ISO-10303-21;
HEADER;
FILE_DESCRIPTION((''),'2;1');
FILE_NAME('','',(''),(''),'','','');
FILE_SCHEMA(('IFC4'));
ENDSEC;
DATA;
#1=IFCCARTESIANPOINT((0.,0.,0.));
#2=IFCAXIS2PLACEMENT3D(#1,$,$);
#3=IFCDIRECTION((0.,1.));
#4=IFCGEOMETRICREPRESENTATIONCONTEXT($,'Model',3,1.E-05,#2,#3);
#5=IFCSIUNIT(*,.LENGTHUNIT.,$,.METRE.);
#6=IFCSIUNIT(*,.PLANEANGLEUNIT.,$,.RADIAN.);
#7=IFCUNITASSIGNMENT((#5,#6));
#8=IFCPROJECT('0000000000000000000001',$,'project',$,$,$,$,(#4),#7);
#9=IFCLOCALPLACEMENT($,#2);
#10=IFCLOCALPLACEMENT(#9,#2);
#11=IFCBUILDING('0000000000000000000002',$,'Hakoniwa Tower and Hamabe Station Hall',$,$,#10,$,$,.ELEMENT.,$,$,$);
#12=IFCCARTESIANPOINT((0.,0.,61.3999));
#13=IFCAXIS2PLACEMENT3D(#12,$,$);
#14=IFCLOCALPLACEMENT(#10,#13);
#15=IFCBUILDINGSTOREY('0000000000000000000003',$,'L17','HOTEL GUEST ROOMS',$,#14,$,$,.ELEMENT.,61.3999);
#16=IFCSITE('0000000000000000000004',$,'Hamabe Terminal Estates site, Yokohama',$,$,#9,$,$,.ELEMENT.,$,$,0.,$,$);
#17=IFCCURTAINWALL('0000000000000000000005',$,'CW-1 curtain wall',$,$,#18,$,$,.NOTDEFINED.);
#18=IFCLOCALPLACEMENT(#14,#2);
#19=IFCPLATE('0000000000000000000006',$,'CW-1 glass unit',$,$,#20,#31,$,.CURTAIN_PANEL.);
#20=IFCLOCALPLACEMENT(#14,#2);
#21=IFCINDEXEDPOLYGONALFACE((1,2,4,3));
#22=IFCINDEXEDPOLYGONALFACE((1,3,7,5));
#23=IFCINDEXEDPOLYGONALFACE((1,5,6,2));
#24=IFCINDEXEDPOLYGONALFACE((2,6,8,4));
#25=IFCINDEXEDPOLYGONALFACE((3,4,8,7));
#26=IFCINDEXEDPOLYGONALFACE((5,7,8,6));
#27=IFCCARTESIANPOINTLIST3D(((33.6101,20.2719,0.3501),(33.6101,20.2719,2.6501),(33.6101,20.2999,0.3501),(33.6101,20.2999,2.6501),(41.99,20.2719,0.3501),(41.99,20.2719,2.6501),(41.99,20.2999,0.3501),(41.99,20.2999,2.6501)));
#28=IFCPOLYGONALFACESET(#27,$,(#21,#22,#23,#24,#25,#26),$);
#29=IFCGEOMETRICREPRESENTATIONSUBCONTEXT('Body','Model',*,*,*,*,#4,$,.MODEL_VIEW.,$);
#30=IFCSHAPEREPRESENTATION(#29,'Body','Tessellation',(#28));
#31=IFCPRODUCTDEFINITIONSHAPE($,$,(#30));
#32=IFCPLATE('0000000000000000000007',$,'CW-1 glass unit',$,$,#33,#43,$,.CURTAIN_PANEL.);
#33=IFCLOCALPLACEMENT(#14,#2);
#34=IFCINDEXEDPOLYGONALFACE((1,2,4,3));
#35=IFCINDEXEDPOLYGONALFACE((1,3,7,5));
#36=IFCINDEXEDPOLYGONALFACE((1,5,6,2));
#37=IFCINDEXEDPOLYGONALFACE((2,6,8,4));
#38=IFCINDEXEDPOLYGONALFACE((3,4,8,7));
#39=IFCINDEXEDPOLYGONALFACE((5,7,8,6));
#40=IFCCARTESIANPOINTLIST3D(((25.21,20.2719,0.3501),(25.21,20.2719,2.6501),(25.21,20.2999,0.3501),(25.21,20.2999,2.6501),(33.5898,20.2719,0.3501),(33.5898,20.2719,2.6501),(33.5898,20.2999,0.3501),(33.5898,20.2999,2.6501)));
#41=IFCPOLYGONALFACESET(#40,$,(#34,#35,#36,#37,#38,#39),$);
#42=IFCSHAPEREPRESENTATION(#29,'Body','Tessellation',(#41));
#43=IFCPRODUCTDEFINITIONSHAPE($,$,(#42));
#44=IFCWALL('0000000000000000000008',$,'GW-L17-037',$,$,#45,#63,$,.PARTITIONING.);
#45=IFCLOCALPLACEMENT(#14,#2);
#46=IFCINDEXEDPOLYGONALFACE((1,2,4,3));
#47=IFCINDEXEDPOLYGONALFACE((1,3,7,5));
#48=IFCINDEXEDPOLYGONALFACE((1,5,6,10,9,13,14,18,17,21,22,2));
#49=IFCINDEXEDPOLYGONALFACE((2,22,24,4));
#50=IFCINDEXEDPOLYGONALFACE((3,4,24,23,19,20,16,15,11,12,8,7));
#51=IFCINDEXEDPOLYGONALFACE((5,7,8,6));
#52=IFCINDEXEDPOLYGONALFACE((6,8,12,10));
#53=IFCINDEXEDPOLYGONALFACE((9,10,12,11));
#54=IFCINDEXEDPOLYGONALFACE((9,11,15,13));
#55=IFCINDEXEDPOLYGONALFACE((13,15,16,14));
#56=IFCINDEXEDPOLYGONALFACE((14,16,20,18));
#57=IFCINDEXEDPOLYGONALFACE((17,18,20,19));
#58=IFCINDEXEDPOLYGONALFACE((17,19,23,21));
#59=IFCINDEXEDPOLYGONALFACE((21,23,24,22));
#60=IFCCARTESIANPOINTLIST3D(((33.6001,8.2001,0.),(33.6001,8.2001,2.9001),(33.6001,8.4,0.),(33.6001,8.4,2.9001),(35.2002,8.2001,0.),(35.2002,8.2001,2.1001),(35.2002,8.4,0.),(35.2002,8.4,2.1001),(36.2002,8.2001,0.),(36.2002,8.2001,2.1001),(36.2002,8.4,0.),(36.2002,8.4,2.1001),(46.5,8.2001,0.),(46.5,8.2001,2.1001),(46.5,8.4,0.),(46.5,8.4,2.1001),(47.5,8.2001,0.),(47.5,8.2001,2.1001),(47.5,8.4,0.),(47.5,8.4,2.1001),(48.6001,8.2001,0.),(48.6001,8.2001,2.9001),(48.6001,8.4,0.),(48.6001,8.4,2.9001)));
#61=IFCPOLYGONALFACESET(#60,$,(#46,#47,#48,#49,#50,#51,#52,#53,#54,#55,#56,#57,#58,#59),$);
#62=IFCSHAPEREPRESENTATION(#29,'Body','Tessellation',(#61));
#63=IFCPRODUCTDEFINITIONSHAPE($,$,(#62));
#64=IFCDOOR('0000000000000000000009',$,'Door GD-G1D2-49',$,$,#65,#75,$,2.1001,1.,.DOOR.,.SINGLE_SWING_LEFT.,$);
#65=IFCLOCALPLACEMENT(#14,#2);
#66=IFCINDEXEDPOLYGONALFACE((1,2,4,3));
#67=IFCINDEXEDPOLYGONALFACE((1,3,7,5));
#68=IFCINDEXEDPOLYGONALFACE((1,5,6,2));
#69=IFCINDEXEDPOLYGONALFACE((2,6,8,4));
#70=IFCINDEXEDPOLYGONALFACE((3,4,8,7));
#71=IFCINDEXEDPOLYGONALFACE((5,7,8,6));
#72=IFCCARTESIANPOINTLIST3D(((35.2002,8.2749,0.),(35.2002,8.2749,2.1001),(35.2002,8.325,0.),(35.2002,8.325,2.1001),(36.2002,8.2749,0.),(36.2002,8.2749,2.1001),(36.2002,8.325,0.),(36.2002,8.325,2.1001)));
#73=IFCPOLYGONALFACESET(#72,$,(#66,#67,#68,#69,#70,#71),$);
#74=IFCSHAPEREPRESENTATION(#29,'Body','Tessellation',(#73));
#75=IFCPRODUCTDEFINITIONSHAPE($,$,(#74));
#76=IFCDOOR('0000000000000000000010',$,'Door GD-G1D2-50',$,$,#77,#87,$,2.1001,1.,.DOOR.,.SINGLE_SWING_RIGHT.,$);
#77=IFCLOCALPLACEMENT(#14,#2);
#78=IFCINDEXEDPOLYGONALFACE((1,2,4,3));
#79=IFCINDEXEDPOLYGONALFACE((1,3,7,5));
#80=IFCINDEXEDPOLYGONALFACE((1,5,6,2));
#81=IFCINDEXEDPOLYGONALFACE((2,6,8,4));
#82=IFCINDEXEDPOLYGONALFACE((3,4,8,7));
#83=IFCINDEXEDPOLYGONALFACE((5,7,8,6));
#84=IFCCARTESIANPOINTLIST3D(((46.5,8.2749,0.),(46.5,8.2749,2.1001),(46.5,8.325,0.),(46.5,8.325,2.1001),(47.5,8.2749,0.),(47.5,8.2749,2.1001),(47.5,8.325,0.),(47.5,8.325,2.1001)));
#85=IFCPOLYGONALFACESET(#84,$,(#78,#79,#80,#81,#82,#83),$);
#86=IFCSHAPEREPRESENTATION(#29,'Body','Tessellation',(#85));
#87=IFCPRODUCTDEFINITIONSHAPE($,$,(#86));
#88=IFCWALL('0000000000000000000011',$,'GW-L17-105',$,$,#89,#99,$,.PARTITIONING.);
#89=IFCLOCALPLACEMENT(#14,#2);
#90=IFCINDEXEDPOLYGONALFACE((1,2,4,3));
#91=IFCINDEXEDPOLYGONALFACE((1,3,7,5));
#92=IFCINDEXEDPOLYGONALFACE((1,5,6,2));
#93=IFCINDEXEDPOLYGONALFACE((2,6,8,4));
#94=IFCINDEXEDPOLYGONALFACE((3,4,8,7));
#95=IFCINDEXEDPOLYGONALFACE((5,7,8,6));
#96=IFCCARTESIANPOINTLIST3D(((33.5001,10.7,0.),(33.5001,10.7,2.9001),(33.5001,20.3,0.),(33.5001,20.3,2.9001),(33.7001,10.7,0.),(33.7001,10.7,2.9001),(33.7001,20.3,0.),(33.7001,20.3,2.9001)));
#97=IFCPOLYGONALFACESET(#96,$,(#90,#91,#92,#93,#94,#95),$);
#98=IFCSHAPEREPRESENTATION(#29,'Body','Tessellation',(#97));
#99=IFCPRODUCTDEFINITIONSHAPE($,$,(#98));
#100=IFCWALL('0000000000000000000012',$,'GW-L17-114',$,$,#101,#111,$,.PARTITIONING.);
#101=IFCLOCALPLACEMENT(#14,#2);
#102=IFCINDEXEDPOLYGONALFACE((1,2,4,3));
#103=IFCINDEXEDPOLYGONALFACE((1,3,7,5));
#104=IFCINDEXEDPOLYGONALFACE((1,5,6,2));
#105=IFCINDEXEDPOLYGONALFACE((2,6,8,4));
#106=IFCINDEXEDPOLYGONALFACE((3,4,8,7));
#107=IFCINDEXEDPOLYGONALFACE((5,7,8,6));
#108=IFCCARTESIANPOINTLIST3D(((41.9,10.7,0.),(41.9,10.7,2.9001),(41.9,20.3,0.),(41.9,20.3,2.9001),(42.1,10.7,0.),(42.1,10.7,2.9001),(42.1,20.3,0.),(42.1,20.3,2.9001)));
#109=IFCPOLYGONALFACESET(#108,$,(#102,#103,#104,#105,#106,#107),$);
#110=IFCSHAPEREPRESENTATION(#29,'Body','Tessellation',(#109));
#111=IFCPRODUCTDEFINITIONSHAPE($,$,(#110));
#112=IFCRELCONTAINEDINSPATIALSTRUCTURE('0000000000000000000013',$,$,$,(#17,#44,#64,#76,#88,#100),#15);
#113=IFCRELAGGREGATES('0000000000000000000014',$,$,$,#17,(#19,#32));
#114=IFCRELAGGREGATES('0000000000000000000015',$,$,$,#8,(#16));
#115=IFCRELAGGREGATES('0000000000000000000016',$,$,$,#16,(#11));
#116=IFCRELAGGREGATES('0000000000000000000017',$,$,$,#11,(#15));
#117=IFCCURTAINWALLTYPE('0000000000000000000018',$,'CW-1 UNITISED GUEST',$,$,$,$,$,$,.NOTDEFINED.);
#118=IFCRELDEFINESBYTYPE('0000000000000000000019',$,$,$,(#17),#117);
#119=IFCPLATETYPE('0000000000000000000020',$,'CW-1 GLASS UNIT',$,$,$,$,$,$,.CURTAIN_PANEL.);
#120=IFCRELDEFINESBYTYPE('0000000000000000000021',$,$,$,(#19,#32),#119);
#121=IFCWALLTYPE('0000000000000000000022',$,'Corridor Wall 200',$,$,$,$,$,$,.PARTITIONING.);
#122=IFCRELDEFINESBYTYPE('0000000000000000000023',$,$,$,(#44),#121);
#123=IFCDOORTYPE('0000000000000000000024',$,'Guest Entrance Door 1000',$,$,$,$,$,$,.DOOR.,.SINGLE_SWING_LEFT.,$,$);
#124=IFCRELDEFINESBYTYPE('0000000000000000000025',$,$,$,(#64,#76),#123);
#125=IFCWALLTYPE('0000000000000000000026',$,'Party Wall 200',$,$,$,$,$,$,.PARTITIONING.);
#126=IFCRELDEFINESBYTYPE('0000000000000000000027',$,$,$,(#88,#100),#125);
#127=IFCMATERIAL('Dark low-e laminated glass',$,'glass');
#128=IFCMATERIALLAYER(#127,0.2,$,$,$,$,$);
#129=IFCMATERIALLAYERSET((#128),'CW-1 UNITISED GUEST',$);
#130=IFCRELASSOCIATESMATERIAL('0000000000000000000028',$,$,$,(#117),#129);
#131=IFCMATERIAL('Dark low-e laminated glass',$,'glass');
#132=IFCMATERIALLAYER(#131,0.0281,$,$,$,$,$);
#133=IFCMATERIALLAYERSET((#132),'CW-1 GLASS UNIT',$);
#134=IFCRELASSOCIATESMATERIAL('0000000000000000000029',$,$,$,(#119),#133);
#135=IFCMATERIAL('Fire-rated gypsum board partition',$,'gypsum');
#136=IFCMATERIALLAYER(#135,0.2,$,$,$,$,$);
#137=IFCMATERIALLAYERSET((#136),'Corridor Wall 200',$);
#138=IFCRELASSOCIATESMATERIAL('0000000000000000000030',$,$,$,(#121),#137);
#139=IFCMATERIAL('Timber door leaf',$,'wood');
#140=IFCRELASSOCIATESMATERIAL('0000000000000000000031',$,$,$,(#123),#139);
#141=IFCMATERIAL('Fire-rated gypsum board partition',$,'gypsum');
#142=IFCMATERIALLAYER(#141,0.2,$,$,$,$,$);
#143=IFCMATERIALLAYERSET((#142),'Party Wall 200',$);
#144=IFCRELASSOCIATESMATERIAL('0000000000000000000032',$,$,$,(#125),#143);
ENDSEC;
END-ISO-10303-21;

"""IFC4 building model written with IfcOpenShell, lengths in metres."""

from ifc_helpers import new_model, si_unit, direction, frame, frame_2d, origin, origin_2d, place, context, subcontext, project, spatial, rectangle, extrude, material, layer, layer_set, type_object, element, fill, aggregate, save


model = new_model("IFC4")

# Units and contexts
model_context = context("Model", 3, precision=1e-05, world=origin(), true_north=direction((0.0, 1.0)))
body_context = subcontext(model_context, "Body", "Model", "MODEL_VIEW")
ifc_project = project(units=[si_unit("LENGTHUNIT", "METRE"), si_unit("PLANEANGLEUNIT", "RADIAN")], contexts=[model_context])

# Site, building, storey
site_placement = place(None, origin())
site = spatial("IfcSite", under=ifc_project, at=site_placement, Name="Hamabe Terminal Estates site, Yokohama", CompositionType="ELEMENT", RefElevation=0.0)
building_placement = place(site_placement, origin())
building = spatial("IfcBuilding", under=site, at=building_placement, Name="Hakoniwa Tower and Hamabe Station Hall", CompositionType="ELEMENT")
storey_placement = place(building_placement, frame((0.0, 0.0, 61.3999)))
storey = spatial("IfcBuildingStorey", under=building, at=storey_placement, Name="L17", Description="HOTEL GUEST ROOMS", CompositionType="ELEMENT", Elevation=61.3999)

# Curtain wall
ifc_material_1 = material(Name="Dark low-e laminated glass", Category="glass")
ifc_layer_1 = layer(ifc_material_1, 0.2)
ifc_layer_set_1 = layer_set([ifc_layer_1], Name="CW-1 UNITISED GUEST")
curtain_wall_type = type_object("IfcCurtainWallType", Name="CW-1 UNITISED GUEST", PredefinedType="NOTDEFINED", material=ifc_layer_set_1)
curtain_wall_1_placement = place(storey_placement, origin())
curtain_wall_1 = element("IfcCurtainWall", 1, at=curtain_wall_1_placement, inside=storey, type_object=curtain_wall_type, Name="CW-1 curtain wall", PredefinedType="NOTDEFINED")

# Plates
ifc_material_2 = material(Name="Dark low-e laminated glass", Category="glass")
ifc_layer_2 = layer(ifc_material_2, 0.0281)
ifc_layer_set_2 = layer_set([ifc_layer_2], Name="CW-1 GLASS UNIT")
plate_type = type_object("IfcPlateType", Name="CW-1 GLASS UNIT", PredefinedType="CURTAIN_PANEL", material=ifc_layer_set_2)
plate_1_placement = place(storey_placement, frame((37.8, 20.2859, 0.3501), z_axis=(0.0, 0.0, 1.0), x_axis=(-1.0, 0.0, 0.0)))
plate_1 = element("IfcPlate", 2, at=plate_1_placement, type_object=plate_type, Name="CW-1 glass unit", PredefinedType="CURTAIN_PANEL", context=body_context, shape_type="SweptSolid", body=[
    extrude(rectangle(XDim=8.3799, YDim=0.0281, at=origin_2d()), origin(), (0.0, 0.0, 1.0), 2.3),
])
plate_2_placement = place(storey_placement, frame((29.3999, 20.2859, 0.3501), z_axis=(0.0, 0.0, 1.0), x_axis=(-1.0, 0.0, 0.0)))
plate_2 = element("IfcPlate", 3, at=plate_2_placement, type_object=plate_type, Name="CW-1 glass unit", PredefinedType="CURTAIN_PANEL", context=body_context, shape_type="SweptSolid", body=[
    extrude(rectangle(XDim=8.3799, YDim=0.0281, at=origin_2d()), origin(), (0.0, 0.0, 1.0), 2.3),
])
aggregate(curtain_wall_1, [plate_1, plate_2])

# Wall, openings, doors
ifc_material_3 = material(Name="Fire-rated gypsum board partition", Category="gypsum")
ifc_layer_3 = layer(ifc_material_3, 0.2)
ifc_layer_set_3 = layer_set([ifc_layer_3], Name="Corridor Wall 200")
wall_type_1 = type_object("IfcWallType", Name="Corridor Wall 200", PredefinedType="PARTITIONING", material=ifc_layer_set_3)
wall_placement = place(storey_placement, frame((33.6001, 8.3, 0.0), z_axis=(0.0, 0.0, 1.0), x_axis=(1.0, 0.0, 0.0)))
wall = element("IfcWall", 4, at=wall_placement, inside=storey, type_object=wall_type_1, Name="GW-L17-037", PredefinedType="PARTITIONING", context=body_context, shape_type="SweptSolid", body=[
    extrude(rectangle(XDim=15.0, YDim=0.2, at=frame_2d((7.5, 0.0))), origin(), (0.0, 0.0, 1.0), 2.9001),
])
opening_1_placement = place(wall_placement, frame((1.6001, 0.0, 0.0)))
opening_1 = element("IfcOpeningElement", 5, at=opening_1_placement, cuts=wall, PredefinedType="OPENING", context=body_context, shape_type="SweptSolid", body=[
    extrude(rectangle(XDim=1.0, YDim=2.1001, at=frame_2d((0.5, 1.05))), frame((0.0, 0.1099, 0.0), z_axis=(0.0, -1.0, 0.0), x_axis=(1.0, 0.0, 0.0)), (0.0, 0.0, 1.0), 0.22),
])
opening_2_placement = place(wall_placement, frame((12.8999, 0.0, 0.0)))
opening_2 = element("IfcOpeningElement", 6, at=opening_2_placement, cuts=wall, PredefinedType="OPENING", context=body_context, shape_type="SweptSolid", body=[
    extrude(rectangle(XDim=1.0, YDim=2.1001, at=frame_2d((0.5, 1.05))), frame((0.0, 0.1099, 0.0), z_axis=(0.0, -1.0, 0.0), x_axis=(1.0, 0.0, 0.0)), (0.0, 0.0, 1.0), 0.22),
])
ifc_material_4 = material(Name="Timber door leaf", Category="wood")
door_type = type_object("IfcDoorType", Name="Guest Entrance Door 1000", OperationType="SINGLE_SWING_LEFT", PredefinedType="DOOR", material=ifc_material_4)
door_1_placement = place(opening_1_placement, origin())
door_1 = element("IfcDoor", 7, at=door_1_placement, inside=storey, type_object=door_type, Name="Door GD-G1D2-49", OperationType="SINGLE_SWING_LEFT", OverallHeight=2.1001, OverallWidth=1.0, PredefinedType="DOOR", context=body_context, shape_type="SweptSolid", body=[
    extrude(rectangle(XDim=1.0, YDim=2.1001, at=frame_2d((0.5, 1.05))), frame((0.0, 0.0249, 0.0), z_axis=(0.0, -1.0, 0.0), x_axis=(1.0, 0.0, 0.0)), (0.0, 0.0, 1.0), 0.05),
])
fill(opening_1, door_1)
door_2_placement = place(opening_2_placement, origin())
door_2 = element("IfcDoor", 8, at=door_2_placement, inside=storey, type_object=door_type, Name="Door GD-G1D2-50", OperationType="SINGLE_SWING_RIGHT", OverallHeight=2.1001, OverallWidth=1.0, PredefinedType="DOOR", context=body_context, shape_type="SweptSolid", body=[
    extrude(rectangle(XDim=1.0, YDim=2.1001, at=frame_2d((0.5, 1.05))), frame((0.0, 0.0249, 0.0), z_axis=(0.0, -1.0, 0.0), x_axis=(1.0, 0.0, 0.0)), (0.0, 0.0, 1.0), 0.05),
])
fill(opening_2, door_2)

# Walls
ifc_material_5 = material(Name="Fire-rated gypsum board partition", Category="gypsum")
ifc_layer_4 = layer(ifc_material_5, 0.2)
ifc_layer_set_4 = layer_set([ifc_layer_4], Name="Party Wall 200")
wall_type_2 = type_object("IfcWallType", Name="Party Wall 200", PredefinedType="PARTITIONING", material=ifc_layer_set_4)
for number, where, z_axis, x_axis, name in (
    (9, (33.6001, 10.7, 0.0), (0.0, 0.0, 1.0), (0.0, 1.0, 0.0), "GW-L17-105"),
    (10, (42.0, 10.7, 0.0), (0.0, 0.0, 1.0), (0.0, 1.0, 0.0), "GW-L17-114"),
):
    element("IfcWall", number, at=place(storey_placement, frame(where, z_axis=z_axis, x_axis=x_axis)), inside=storey, type_object=wall_type_2, Name=name, PredefinedType="PARTITIONING", context=body_context, shape_type="SweptSolid", body=[
        extrude(rectangle(XDim=9.6001, YDim=0.2, at=frame_2d((4.8, 0.0))), origin(), (0.0, 0.0, 1.0), 2.9001),
    ])

save(model, "model.ifc")
